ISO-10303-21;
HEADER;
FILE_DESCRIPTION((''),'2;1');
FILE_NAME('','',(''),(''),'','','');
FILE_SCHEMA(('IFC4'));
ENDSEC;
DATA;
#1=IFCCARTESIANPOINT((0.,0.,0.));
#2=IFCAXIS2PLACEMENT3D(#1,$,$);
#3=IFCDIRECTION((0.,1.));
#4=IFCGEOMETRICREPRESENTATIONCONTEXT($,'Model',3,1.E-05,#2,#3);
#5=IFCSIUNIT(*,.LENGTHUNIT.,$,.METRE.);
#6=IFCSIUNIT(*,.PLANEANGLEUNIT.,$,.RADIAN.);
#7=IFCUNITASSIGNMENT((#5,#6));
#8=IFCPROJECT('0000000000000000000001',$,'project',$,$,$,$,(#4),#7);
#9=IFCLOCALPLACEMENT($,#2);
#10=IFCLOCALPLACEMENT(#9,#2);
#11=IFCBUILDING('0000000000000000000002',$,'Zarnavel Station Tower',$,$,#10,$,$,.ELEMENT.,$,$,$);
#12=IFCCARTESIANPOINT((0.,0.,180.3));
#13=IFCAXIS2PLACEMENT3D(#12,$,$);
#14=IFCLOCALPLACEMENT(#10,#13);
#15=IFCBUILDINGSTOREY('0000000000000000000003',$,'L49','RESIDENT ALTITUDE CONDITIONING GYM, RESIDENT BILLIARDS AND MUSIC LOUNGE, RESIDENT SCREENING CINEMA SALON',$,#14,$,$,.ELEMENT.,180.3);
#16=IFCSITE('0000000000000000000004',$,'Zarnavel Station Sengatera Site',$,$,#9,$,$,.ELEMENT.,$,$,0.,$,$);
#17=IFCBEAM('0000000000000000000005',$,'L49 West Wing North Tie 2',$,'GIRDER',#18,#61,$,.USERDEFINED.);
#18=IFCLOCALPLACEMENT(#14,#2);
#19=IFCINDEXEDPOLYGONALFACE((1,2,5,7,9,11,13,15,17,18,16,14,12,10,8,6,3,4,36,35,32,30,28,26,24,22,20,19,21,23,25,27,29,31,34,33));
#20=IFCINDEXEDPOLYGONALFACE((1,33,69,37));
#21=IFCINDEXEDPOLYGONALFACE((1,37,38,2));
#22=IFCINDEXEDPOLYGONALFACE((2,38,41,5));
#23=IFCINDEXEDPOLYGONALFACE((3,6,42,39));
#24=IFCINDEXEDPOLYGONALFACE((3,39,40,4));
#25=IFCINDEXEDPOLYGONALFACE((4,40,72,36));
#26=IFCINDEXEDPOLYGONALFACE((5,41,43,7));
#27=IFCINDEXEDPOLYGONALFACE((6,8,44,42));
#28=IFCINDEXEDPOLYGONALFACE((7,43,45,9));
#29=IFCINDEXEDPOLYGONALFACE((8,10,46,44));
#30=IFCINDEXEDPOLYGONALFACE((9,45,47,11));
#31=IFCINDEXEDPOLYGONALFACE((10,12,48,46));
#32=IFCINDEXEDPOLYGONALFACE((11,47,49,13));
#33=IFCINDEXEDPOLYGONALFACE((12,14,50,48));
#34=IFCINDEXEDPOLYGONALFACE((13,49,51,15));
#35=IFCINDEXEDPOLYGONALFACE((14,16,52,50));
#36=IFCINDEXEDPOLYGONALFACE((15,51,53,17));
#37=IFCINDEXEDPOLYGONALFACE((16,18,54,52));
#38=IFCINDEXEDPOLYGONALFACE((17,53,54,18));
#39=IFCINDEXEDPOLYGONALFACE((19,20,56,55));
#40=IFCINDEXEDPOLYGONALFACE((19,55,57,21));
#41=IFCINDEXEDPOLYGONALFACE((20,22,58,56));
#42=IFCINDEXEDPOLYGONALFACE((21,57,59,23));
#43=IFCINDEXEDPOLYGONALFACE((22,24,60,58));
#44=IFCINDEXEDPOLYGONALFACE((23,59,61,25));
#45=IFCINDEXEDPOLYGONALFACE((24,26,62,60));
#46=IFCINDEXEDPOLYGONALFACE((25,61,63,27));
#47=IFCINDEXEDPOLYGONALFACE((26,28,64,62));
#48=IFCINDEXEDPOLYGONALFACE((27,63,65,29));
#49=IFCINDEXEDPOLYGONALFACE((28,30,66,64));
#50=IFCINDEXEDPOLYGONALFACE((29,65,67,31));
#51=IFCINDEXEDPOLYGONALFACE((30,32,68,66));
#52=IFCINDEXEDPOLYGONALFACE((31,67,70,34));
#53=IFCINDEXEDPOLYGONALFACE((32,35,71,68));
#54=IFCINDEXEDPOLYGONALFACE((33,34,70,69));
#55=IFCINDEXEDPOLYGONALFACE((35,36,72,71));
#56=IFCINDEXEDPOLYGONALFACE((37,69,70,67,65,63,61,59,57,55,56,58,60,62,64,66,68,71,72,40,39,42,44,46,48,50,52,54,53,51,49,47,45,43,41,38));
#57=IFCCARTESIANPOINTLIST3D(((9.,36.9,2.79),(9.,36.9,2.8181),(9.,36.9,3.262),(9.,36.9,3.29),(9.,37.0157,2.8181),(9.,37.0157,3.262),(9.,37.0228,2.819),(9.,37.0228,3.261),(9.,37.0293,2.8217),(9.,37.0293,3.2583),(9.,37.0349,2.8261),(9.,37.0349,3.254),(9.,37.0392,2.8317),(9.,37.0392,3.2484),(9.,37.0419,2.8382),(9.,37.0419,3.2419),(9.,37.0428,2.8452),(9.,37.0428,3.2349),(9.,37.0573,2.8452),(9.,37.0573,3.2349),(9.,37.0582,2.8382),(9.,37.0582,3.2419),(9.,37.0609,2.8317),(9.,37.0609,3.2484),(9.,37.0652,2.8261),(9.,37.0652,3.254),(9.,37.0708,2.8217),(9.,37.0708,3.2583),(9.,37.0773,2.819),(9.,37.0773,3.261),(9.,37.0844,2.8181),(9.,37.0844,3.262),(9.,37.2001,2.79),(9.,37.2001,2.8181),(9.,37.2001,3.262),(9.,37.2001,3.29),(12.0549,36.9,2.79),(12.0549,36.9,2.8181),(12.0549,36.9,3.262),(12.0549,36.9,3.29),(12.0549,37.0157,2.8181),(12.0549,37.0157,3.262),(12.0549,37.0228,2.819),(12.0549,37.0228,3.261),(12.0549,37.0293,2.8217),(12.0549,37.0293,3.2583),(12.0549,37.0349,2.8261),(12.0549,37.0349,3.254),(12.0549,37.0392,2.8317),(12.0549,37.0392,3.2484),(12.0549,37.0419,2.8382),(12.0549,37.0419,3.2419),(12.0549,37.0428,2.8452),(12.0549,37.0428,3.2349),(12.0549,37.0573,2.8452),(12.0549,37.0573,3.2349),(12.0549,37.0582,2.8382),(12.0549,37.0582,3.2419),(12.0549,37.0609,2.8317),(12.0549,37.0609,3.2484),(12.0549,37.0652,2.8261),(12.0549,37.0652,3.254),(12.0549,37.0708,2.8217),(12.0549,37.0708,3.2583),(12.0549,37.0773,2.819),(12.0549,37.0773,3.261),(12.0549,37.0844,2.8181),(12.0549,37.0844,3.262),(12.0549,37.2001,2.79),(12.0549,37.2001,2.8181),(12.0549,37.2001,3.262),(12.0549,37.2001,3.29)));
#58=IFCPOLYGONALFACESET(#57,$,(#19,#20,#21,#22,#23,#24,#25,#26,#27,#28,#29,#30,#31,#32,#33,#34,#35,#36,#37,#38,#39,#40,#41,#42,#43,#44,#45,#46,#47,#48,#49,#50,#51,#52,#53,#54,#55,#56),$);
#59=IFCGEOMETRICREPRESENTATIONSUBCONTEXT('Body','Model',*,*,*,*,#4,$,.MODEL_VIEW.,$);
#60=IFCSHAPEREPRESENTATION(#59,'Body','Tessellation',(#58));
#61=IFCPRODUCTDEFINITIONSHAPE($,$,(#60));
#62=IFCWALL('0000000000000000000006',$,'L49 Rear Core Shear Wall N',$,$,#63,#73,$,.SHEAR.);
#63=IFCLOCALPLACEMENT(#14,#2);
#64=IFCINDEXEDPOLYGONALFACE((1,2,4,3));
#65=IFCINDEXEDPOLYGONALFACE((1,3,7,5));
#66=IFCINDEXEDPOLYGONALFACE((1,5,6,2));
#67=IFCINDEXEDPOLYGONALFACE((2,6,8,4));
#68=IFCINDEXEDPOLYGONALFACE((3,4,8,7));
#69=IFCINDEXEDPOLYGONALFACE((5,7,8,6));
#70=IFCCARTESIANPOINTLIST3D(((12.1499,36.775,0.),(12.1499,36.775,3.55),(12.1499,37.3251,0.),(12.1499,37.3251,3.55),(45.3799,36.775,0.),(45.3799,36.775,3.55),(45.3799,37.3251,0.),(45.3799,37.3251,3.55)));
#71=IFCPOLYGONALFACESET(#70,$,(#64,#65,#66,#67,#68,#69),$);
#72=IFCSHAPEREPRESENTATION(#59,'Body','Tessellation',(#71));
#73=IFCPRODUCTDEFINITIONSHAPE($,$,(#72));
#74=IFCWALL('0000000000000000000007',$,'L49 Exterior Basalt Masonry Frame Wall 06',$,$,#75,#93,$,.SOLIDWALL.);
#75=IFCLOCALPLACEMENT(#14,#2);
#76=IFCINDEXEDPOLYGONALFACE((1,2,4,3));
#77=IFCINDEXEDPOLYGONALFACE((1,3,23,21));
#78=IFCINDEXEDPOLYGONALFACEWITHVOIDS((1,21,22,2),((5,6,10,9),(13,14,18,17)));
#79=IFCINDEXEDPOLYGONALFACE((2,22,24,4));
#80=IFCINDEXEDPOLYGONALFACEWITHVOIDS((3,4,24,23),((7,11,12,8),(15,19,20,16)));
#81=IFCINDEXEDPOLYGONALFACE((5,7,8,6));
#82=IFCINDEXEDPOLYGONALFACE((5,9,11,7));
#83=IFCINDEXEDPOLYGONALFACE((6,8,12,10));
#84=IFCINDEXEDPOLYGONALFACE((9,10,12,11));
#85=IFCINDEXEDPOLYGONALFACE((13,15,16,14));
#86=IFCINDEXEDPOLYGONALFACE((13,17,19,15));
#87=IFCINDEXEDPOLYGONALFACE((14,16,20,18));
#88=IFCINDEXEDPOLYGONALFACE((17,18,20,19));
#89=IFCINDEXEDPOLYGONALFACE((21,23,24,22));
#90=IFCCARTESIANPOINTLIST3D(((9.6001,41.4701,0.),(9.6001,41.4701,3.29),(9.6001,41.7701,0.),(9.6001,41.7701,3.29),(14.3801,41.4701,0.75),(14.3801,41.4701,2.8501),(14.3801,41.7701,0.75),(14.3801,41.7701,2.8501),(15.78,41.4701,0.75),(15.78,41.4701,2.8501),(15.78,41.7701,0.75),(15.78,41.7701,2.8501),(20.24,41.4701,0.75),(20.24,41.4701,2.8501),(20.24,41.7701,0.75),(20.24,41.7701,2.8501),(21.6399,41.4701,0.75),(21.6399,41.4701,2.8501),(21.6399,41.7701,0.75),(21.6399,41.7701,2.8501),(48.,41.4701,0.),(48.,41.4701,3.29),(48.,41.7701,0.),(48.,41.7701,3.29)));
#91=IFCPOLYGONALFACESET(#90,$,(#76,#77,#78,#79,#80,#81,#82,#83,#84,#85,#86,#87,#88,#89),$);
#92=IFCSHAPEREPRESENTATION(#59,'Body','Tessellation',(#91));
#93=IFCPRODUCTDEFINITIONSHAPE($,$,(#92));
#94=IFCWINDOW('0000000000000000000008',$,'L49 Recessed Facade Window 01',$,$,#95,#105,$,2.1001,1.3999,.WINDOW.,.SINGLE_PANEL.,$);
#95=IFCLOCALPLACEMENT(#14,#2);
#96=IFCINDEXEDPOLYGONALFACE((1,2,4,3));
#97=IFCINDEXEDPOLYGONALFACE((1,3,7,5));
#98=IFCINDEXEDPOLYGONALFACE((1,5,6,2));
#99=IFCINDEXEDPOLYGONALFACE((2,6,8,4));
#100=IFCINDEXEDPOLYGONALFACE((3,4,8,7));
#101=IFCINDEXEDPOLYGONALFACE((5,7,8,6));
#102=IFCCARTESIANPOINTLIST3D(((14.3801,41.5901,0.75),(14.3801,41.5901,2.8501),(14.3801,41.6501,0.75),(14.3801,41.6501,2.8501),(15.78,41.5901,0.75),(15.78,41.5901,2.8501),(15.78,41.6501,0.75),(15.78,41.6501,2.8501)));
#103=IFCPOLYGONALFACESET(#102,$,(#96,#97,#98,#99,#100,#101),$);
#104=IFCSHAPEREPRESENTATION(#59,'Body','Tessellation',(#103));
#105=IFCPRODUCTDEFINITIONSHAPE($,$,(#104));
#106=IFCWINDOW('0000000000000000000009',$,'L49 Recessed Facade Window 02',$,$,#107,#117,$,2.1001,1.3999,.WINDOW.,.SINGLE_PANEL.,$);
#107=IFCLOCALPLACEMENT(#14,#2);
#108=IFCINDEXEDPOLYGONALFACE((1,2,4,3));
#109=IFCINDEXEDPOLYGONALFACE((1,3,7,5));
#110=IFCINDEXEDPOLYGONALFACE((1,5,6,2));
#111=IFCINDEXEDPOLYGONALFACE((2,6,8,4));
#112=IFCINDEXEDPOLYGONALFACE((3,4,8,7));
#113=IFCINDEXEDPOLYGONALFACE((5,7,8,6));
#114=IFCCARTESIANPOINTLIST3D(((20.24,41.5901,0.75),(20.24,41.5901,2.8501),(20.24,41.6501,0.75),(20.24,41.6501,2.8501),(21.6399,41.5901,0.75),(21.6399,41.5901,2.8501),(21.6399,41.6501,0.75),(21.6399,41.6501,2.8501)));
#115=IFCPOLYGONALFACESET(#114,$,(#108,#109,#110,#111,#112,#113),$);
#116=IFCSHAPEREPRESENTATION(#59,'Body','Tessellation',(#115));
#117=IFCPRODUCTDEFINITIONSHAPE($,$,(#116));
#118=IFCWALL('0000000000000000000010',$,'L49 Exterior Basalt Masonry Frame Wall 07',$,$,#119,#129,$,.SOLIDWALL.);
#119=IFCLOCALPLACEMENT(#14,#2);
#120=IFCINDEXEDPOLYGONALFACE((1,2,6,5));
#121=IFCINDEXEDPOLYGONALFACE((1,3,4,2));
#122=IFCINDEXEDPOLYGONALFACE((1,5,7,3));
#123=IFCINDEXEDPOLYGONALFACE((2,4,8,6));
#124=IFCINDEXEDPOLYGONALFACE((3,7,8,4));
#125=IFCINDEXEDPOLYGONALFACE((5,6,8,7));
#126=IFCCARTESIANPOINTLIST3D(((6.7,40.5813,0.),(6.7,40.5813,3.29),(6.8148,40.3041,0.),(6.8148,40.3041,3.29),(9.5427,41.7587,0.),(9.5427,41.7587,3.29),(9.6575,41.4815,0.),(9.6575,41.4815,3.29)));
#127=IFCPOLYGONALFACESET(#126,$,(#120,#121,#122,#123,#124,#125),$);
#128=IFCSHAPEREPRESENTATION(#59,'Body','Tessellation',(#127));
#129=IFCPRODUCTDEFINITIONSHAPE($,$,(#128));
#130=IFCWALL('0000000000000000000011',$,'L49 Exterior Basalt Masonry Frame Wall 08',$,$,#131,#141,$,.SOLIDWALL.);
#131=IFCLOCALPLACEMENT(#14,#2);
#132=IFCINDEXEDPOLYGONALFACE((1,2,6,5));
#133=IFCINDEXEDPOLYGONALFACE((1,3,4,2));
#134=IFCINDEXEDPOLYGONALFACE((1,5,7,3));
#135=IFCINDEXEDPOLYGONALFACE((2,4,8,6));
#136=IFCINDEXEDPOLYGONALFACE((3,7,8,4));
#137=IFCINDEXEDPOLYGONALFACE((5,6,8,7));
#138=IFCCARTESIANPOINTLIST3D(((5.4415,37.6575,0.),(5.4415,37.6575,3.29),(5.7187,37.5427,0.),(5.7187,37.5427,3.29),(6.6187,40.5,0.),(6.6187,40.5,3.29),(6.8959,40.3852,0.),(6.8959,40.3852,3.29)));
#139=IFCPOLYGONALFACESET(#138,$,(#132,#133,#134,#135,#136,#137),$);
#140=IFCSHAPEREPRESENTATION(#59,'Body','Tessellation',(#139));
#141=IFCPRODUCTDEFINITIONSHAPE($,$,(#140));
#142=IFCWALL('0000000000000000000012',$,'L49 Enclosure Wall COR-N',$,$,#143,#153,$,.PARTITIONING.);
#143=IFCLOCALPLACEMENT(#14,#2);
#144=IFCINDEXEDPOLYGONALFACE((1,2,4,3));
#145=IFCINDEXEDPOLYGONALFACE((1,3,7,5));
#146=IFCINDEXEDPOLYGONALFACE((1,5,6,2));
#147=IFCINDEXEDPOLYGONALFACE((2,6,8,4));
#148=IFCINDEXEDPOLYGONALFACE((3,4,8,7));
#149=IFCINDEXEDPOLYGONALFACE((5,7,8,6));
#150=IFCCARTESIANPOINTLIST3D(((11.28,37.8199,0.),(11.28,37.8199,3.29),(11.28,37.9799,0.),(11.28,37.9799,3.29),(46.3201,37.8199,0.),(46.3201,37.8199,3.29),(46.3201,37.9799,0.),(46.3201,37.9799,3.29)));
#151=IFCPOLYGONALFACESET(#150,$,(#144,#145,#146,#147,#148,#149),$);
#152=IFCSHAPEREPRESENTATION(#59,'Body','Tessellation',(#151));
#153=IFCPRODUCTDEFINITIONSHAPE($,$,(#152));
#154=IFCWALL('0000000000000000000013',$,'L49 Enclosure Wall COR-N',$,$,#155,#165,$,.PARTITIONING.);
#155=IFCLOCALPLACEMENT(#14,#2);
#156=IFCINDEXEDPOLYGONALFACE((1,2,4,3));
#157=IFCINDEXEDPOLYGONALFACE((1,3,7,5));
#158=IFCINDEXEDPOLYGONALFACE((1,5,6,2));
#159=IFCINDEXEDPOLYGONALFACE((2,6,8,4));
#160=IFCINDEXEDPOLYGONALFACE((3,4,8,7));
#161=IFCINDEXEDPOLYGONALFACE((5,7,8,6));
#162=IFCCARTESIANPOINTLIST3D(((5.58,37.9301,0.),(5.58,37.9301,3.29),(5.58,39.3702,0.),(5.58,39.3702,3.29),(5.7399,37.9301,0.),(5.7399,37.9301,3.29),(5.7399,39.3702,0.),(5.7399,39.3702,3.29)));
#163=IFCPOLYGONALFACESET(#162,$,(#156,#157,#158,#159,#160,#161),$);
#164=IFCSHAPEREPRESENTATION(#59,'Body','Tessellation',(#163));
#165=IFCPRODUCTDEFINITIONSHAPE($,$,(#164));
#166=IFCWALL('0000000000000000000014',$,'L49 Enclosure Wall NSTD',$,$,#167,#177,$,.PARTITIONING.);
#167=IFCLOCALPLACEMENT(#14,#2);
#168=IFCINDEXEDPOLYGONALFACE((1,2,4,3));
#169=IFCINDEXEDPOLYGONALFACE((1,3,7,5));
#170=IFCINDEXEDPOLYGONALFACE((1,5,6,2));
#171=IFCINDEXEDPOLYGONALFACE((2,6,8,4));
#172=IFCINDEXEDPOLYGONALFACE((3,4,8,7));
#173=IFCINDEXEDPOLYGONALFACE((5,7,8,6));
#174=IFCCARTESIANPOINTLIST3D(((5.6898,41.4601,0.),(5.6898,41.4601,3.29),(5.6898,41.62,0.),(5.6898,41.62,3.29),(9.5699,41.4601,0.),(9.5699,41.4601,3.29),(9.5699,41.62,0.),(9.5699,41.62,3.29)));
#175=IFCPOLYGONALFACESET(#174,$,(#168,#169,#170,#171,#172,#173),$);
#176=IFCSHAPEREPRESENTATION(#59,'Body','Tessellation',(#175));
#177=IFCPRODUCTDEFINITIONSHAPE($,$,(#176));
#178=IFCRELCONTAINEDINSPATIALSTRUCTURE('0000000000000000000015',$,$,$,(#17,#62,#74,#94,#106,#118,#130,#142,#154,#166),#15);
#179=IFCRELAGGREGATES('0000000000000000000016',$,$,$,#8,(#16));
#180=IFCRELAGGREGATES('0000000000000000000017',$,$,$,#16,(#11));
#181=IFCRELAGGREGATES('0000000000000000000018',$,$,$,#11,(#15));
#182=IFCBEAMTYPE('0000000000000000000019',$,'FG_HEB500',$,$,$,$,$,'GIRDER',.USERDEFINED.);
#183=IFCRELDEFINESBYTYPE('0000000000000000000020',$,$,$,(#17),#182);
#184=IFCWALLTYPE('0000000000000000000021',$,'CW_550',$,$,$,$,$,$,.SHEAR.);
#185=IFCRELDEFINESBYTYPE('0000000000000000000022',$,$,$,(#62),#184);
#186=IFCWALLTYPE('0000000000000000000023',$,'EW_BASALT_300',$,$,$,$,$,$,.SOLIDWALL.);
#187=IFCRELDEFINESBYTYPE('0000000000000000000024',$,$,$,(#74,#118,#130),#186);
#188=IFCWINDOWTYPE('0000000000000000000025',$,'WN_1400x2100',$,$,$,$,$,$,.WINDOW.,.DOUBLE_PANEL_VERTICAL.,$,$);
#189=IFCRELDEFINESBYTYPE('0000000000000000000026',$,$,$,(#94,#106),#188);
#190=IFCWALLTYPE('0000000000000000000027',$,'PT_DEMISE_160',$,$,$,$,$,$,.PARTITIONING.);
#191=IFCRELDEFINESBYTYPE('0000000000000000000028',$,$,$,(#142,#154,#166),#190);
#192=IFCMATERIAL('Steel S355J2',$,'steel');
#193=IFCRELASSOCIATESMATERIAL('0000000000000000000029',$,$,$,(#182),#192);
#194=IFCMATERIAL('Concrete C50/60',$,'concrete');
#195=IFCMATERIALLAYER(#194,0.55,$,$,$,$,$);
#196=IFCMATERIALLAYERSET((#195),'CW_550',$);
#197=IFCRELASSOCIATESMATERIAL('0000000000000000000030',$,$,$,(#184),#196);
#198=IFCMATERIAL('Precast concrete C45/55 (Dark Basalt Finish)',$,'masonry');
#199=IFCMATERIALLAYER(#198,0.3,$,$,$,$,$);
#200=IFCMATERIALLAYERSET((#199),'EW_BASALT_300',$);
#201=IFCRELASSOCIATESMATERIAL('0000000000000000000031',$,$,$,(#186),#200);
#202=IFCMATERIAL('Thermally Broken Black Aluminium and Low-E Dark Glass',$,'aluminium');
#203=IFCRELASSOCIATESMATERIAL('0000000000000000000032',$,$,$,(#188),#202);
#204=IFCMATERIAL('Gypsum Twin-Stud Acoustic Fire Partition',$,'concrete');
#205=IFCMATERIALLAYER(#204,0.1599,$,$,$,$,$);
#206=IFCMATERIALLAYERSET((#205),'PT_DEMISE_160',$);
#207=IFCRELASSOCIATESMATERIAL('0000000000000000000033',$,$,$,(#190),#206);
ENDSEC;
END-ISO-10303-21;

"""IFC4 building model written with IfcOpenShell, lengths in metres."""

from ifc_helpers import new_model, si_unit, direction, frame, frame_2d, origin, origin_2d, place, context, subcontext, project, spatial, rectangle, i_section, extrude, material, layer, layer_set, material_profile, profile_set, type_object, element, fill, save


model = new_model("IFC4")

# Units and contexts
model_context = context("Model", 3, precision=1e-05, world=origin(), true_north=direction((0.0, 1.0)))
body_context = subcontext(model_context, "Body", "Model", "MODEL_VIEW")
ifc_project = project(units=[si_unit("LENGTHUNIT", "METRE"), si_unit("PLANEANGLEUNIT", "RADIAN")], contexts=[model_context])

# Site, building, storey
site_placement = place(None, origin())
site = spatial("IfcSite", under=ifc_project, at=site_placement, Name="Zarnavel Station Sengatera Site", CompositionType="ELEMENT", RefElevation=0.0)
building_placement = place(site_placement, origin())
building = spatial("IfcBuilding", under=site, at=building_placement, Name="Zarnavel Station Tower", CompositionType="ELEMENT")
storey_placement = place(building_placement, frame((0.0, 0.0, 180.3)))
storey = spatial("IfcBuildingStorey", under=building, at=storey_placement, Name="L49", Description="RESIDENT ALTITUDE CONDITIONING GYM, RESIDENT BILLIARDS AND MUSIC LOUNGE, RESIDENT SCREENING CINEMA SALON", CompositionType="ELEMENT", Elevation=180.3)

# Beam
ifc_material_1 = material(Name="Steel S355J2", Category="steel")
ifc_material_profile_1 = material_profile(ifc_material_1, i_section(OverallWidth=0.3, OverallDepth=0.5, WebThickness=0.0144, FlangeThickness=0.0281, FilletRadius=0.0271, at=origin_2d()), Name="HEB500")
ifc_profile_set_1 = profile_set([ifc_material_profile_1], Name="Steel S355J2")
beam_type = type_object("IfcBeamType", Name="FG_HEB500", ElementType="GIRDER", PredefinedType="USERDEFINED", material=ifc_profile_set_1)
beam_1_placement = place(storey_placement, frame((9.0, 37.05, 3.04), z_axis=(1.0, 0.0, 0.0), x_axis=(0.0, 1.0, 0.0)))
element("IfcBeam", 1, at=beam_1_placement, inside=storey, type_object=beam_type, Name="L49 West Wing North Tie 2", ObjectType="GIRDER", PredefinedType="USERDEFINED", context=body_context, shape_type="SweptSolid", body=[
    extrude(i_section(OverallWidth=0.3, OverallDepth=0.5, WebThickness=0.0144, FlangeThickness=0.0281, FilletRadius=0.0271, at=origin_2d()), origin(), (0.0, 0.0, 1.0), 3.0549),
])

# Wall
ifc_material_2 = material(Name="Concrete C50/60", Category="concrete")
ifc_layer_1 = layer(ifc_material_2, 0.55)
ifc_layer_set_1 = layer_set([ifc_layer_1], Name="CW_550")
wall_type_1 = type_object("IfcWallType", Name="CW_550", PredefinedType="SHEAR", material=ifc_layer_set_1)
wall_1_placement = place(storey_placement, frame((12.1499, 37.05, 0.0), z_axis=(0.0, 0.0, 1.0), x_axis=(1.0, 0.0, 0.0)))
element("IfcWall", 2, at=wall_1_placement, inside=storey, type_object=wall_type_1, Name="L49 Rear Core Shear Wall N", PredefinedType="SHEAR", context=body_context, shape_type="SweptSolid", body=[
    extrude(rectangle(XDim=33.23, YDim=0.55, at=frame_2d((16.615, 0.0))), origin(), (0.0, 0.0, 1.0), 3.55),
])

# Wall, openings, windows
ifc_material_3 = material(Name="Precast concrete C45/55 (Dark Basalt Finish)", Category="masonry")
ifc_layer_2 = layer(ifc_material_3, 0.3)
ifc_layer_set_2 = layer_set([ifc_layer_2], Name="EW_BASALT_300")
wall_type_2 = type_object("IfcWallType", Name="EW_BASALT_300", PredefinedType="SOLIDWALL", material=ifc_layer_set_2)
wall_2_placement = place(storey_placement, frame((9.6001, 41.6201, 0.0), z_axis=(0.0, 0.0, 1.0), x_axis=(1.0, 0.0, 0.0)))
wall_2 = element("IfcWall", 3, at=wall_2_placement, inside=storey, type_object=wall_type_2, Name="L49 Exterior Basalt Masonry Frame Wall 06", PredefinedType="SOLIDWALL", context=body_context, shape_type="SweptSolid", body=[
    extrude(rectangle(XDim=38.3999, YDim=0.3, at=frame_2d((19.2, 0.0))), origin(), (0.0, 0.0, 1.0), 3.29),
])
opening_1_placement = place(wall_2_placement, frame((4.78, 0.0, 0.75)))
opening_1 = element("IfcOpeningElement", 4, at=opening_1_placement, cuts=wall_2, PredefinedType="OPENING", context=body_context, shape_type="SweptSolid", body=[
    extrude(rectangle(XDim=1.3999, YDim=2.1001, at=frame_2d((0.7, 1.05))), frame((0.0, 0.1599, 0.0), z_axis=(0.0, -1.0, 0.0), x_axis=(1.0, 0.0, 0.0)), (0.0, 0.0, 1.0), 0.3201),
])
opening_2_placement = place(wall_2_placement, frame((10.6399, 0.0, 0.75)))
opening_2 = element("IfcOpeningElement", 5, at=opening_2_placement, cuts=wall_2, PredefinedType="OPENING", context=body_context, shape_type="SweptSolid", body=[
    extrude(rectangle(XDim=1.3999, YDim=2.1001, at=frame_2d((0.7, 1.05))), frame((0.0, 0.1599, 0.0), z_axis=(0.0, -1.0, 0.0), x_axis=(1.0, 0.0, 0.0)), (0.0, 0.0, 1.0), 0.3201),
])
ifc_material_4 = material(Name="Thermally Broken Black Aluminium and Low-E Dark Glass", Category="aluminium")
window_type = type_object("IfcWindowType", Name="WN_1400x2100", PartitioningType="DOUBLE_PANEL_VERTICAL", PredefinedType="WINDOW", material=ifc_material_4)
window_1_placement = place(opening_1_placement, origin())
window_1 = element("IfcWindow", 6, at=window_1_placement, inside=storey, type_object=window_type, Name="L49 Recessed Facade Window 01", OverallHeight=2.1001, OverallWidth=1.3999, PartitioningType="SINGLE_PANEL", PredefinedType="WINDOW", context=body_context, shape_type="SweptSolid", body=[
    extrude(rectangle(XDim=1.3999, YDim=2.1001, at=frame_2d((0.7, 1.05))), frame((0.0, 0.03, 0.0), z_axis=(0.0, -1.0, 0.0), x_axis=(1.0, 0.0, 0.0)), (0.0, 0.0, 1.0), 0.0601),
])
fill(opening_1, window_1)
window_2_placement = place(opening_2_placement, origin())
window_2 = element("IfcWindow", 7, at=window_2_placement, inside=storey, type_object=window_type, Name="L49 Recessed Facade Window 02", OverallHeight=2.1001, OverallWidth=1.3999, PartitioningType="SINGLE_PANEL", PredefinedType="WINDOW", context=body_context, shape_type="SweptSolid", body=[
    extrude(rectangle(XDim=1.3999, YDim=2.1001, at=frame_2d((0.7, 1.05))), frame((0.0, 0.03, 0.0), z_axis=(0.0, -1.0, 0.0), x_axis=(1.0, 0.0, 0.0)), (0.0, 0.0, 1.0), 0.0601),
])
fill(opening_2, window_2)

# Walls
wall_3_placement = place(storey_placement, frame((6.7573, 40.4426, 0.0), z_axis=(0.0, 0.0, 1.0), x_axis=(0.923882, 0.382676, 0.0)))
element("IfcWall", 8, at=wall_3_placement, inside=storey, type_object=wall_type_2, Name="L49 Exterior Basalt Masonry Frame Wall 07", PredefinedType="SOLIDWALL", context=body_context, shape_type="SweptSolid", body=[
    extrude(rectangle(XDim=3.0769, YDim=0.3, at=frame_2d((1.5386, 0.0))), origin(), (0.0, 0.0, 1.0), 3.29),
])
wall_4_placement = place(storey_placement, frame((5.5801, 37.6001, 0.0), z_axis=(0.0, 0.0, 1.0), x_axis=(0.382637, 0.923899, 0.0)))
element("IfcWall", 9, at=wall_4_placement, inside=storey, type_object=wall_type_2, Name="L49 Exterior Basalt Masonry Frame Wall 08", PredefinedType="SOLIDWALL", context=body_context, shape_type="SweptSolid", body=[
    extrude(rectangle(XDim=3.0767, YDim=0.3, at=frame_2d((1.5383, 0.0))), origin(), (0.0, 0.0, 1.0), 3.29),
])
ifc_material_5 = material(Name="Gypsum Twin-Stud Acoustic Fire Partition", Category="concrete")
ifc_layer_3 = layer(ifc_material_5, 0.1599)
ifc_layer_set_3 = layer_set([ifc_layer_3], Name="PT_DEMISE_160")
wall_type_3 = type_object("IfcWallType", Name="PT_DEMISE_160", PredefinedType="PARTITIONING", material=ifc_layer_set_3)
wall_5_placement = place(storey_placement, frame((11.28, 37.8999, 0.0), z_axis=(0.0, 0.0, 1.0), x_axis=(1.0, 0.0, 0.0)))
element("IfcWall", 10, at=wall_5_placement, inside=storey, type_object=wall_type_3, Name="L49 Enclosure Wall COR-N", PredefinedType="PARTITIONING", context=body_context, shape_type="SweptSolid", body=[
    extrude(rectangle(XDim=35.04, YDim=0.1599, at=frame_2d((17.52, 0.0))), origin(), (0.0, 0.0, 1.0), 3.29),
])
wall_6_placement = place(storey_placement, frame((5.6599, 37.9299, 0.0), z_axis=(0.0, 0.0, 1.0), x_axis=(0.0, 1.0, 0.0)))
element("IfcWall", 11, at=wall_6_placement, inside=storey, type_object=wall_type_3, Name="L49 Enclosure Wall COR-N", PredefinedType="PARTITIONING", context=body_context, shape_type="SweptSolid", body=[
    extrude(rectangle(XDim=1.4402, YDim=0.1599, at=frame_2d((0.7202, 0.0))), origin(), (0.0, 0.0, 1.0), 3.29),
])
wall_7_placement = place(storey_placement, frame((5.6899, 41.54, 0.0), z_axis=(0.0, 0.0, 1.0), x_axis=(1.0, 0.0, 0.0)))
element("IfcWall", 12, at=wall_7_placement, inside=storey, type_object=wall_type_3, Name="L49 Enclosure Wall NSTD", PredefinedType="PARTITIONING", context=body_context, shape_type="SweptSolid", body=[
    extrude(rectangle(XDim=3.8801, YDim=0.1599, at=frame_2d((1.9399, 0.0))), origin(), (0.0, 0.0, 1.0), 3.29),
])

save(model, "model.ifc")
